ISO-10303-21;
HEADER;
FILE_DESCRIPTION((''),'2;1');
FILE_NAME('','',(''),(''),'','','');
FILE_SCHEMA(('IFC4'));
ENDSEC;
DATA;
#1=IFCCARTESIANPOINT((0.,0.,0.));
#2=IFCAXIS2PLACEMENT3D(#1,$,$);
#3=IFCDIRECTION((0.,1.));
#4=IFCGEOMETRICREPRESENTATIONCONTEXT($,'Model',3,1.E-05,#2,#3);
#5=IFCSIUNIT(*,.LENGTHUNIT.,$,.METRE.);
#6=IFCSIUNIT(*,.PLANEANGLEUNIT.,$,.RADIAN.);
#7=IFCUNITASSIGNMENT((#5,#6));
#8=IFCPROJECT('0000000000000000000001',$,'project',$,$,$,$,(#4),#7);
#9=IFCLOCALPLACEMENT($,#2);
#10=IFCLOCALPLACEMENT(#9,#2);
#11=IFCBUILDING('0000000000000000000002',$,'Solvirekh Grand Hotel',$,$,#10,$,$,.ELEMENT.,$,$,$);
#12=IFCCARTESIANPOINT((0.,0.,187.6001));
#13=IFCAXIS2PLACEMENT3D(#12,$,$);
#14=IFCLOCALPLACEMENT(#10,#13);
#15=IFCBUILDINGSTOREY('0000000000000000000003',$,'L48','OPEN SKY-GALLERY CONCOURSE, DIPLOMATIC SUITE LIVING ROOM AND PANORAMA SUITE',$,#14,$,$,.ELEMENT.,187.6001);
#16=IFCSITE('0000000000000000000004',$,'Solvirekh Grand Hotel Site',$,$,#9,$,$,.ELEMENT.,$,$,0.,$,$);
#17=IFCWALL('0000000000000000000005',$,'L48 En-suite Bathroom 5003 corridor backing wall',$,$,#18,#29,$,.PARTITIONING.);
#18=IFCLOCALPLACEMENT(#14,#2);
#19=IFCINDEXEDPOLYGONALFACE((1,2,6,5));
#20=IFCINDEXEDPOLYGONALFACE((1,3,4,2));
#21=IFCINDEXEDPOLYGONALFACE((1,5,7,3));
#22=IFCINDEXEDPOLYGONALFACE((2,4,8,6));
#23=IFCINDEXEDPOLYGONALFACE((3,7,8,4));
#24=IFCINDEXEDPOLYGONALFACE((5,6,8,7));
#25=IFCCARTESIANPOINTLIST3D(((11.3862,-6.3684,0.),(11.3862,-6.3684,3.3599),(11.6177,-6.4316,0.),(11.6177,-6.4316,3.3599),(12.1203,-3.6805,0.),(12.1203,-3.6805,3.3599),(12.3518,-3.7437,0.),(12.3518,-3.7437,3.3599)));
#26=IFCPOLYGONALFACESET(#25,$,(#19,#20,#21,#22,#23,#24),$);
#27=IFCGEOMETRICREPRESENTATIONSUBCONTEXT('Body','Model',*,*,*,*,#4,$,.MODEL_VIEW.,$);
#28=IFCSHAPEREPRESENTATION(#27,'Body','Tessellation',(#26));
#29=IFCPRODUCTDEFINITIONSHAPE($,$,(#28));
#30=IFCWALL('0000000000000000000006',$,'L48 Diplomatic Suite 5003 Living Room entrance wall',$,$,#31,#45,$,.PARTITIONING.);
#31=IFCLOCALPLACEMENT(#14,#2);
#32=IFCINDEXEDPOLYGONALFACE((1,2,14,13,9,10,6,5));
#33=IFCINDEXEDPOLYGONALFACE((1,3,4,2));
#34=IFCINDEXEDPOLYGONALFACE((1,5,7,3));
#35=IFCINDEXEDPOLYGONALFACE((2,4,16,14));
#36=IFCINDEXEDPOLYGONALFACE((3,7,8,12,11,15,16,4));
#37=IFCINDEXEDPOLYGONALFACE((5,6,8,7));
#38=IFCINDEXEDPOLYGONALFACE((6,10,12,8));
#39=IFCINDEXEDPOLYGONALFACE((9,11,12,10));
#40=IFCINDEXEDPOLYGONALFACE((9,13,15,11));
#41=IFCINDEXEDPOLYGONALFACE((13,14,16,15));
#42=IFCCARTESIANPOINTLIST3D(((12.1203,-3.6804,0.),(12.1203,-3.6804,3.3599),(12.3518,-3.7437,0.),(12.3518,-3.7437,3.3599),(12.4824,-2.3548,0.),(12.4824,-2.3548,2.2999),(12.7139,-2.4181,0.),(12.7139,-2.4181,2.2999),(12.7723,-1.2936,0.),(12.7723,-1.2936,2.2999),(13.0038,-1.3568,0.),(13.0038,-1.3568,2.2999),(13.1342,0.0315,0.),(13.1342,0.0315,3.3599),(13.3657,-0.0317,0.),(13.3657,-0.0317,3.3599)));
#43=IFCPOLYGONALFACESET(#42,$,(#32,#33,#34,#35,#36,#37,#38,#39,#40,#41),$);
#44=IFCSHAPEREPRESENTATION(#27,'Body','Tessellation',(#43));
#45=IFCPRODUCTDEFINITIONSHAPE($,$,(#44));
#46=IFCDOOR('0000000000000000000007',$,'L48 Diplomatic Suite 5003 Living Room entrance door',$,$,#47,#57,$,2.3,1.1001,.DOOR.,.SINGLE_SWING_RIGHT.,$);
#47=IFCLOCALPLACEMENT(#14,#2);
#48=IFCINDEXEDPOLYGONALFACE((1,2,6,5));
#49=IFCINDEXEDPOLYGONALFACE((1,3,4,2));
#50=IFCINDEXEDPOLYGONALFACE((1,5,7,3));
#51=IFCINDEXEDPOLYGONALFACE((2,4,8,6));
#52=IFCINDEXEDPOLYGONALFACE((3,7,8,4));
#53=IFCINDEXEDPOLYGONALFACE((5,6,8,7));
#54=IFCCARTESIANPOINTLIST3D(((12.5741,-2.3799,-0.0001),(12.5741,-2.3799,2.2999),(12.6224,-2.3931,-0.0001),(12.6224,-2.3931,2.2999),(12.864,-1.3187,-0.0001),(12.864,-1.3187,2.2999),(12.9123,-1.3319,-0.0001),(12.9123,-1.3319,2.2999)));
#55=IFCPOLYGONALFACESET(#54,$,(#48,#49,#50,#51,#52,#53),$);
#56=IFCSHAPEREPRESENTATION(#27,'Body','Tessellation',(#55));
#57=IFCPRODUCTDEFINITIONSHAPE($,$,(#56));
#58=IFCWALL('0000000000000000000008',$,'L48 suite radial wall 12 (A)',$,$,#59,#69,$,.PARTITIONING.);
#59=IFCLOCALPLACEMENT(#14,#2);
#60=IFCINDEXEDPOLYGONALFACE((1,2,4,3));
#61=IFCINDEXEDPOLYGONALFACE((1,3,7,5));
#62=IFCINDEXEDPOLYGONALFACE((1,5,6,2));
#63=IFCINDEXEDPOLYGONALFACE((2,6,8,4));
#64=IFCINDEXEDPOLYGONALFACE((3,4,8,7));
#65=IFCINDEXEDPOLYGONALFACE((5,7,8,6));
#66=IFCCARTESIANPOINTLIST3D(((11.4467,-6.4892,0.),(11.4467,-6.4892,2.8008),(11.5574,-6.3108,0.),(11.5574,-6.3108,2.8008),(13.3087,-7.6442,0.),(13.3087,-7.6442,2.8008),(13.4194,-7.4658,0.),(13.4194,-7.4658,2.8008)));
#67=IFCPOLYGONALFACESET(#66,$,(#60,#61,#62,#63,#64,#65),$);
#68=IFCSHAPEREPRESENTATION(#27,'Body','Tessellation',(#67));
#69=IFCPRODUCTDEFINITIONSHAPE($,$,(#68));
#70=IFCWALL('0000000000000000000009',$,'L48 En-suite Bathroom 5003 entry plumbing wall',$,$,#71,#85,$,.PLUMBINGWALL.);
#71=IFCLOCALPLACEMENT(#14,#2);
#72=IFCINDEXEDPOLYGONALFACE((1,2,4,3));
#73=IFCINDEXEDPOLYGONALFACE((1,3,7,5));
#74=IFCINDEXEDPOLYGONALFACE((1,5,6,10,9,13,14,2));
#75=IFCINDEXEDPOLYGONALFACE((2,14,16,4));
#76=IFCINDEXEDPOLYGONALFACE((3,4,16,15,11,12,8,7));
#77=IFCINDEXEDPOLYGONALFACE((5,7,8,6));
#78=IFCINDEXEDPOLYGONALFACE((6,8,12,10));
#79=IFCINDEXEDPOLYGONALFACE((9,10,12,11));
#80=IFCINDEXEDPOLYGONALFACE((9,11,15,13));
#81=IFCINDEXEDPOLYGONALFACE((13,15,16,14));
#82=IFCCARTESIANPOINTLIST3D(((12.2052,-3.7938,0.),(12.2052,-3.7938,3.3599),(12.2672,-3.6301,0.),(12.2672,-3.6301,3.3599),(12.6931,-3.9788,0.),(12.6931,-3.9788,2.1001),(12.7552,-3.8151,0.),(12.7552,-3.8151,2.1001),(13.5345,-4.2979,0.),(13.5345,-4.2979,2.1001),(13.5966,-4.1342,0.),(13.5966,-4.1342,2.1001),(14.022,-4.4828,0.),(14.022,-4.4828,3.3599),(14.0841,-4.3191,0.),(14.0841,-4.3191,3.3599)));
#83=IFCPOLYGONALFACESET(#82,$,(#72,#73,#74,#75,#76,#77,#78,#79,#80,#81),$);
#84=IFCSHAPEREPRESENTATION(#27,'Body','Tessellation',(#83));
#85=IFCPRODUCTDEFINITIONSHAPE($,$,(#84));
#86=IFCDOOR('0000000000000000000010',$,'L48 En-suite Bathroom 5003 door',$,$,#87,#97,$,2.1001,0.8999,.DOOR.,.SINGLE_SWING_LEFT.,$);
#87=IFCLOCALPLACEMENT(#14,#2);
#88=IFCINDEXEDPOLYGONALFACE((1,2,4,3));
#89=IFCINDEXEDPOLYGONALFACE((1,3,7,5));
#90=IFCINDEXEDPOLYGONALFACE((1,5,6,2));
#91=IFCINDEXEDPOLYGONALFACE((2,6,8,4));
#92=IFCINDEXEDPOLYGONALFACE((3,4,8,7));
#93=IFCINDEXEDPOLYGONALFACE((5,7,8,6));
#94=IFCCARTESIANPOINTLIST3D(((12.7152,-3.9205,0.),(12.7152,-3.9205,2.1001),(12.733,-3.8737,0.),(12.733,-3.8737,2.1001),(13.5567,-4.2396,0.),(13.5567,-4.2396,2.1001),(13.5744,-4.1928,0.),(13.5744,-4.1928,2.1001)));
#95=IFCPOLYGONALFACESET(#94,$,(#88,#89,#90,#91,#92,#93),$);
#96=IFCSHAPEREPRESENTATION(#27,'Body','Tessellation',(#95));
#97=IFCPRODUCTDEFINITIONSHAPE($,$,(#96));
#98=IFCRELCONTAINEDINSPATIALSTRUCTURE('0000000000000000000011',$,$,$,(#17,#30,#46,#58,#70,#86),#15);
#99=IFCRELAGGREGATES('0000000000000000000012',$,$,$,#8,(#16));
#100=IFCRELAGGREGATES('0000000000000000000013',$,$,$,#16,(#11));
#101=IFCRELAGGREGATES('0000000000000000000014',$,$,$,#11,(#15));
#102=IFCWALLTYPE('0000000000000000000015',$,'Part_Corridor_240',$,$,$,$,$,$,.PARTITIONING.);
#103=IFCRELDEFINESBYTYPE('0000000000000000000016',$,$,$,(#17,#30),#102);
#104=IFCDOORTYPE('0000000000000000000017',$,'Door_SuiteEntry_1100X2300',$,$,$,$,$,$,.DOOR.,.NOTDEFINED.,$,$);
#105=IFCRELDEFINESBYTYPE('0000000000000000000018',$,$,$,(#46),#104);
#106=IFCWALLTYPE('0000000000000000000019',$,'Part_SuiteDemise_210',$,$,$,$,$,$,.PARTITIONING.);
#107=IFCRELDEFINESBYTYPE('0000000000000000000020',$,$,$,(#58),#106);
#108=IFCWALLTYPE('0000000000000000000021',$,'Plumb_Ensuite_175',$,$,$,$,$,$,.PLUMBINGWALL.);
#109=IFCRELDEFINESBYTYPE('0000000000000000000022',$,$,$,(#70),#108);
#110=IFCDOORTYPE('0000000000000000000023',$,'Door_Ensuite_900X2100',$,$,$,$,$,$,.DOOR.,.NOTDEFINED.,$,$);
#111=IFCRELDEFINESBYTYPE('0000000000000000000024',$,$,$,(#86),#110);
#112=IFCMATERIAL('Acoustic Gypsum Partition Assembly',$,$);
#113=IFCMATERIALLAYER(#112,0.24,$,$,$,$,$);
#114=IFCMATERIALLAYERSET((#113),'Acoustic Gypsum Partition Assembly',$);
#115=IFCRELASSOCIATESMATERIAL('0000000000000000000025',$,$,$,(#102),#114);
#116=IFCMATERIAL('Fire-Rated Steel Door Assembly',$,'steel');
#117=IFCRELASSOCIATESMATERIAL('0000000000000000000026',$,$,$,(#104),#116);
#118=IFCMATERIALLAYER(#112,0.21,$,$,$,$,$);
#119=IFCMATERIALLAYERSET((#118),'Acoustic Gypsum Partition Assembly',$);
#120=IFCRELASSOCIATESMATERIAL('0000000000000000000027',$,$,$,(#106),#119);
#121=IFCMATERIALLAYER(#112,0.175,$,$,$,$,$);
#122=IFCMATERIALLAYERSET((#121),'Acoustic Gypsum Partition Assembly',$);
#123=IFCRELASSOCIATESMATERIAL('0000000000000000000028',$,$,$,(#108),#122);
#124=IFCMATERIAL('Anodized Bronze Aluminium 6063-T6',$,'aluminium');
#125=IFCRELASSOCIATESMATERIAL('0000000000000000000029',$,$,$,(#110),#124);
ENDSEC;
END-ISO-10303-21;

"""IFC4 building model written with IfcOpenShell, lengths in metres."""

from ifc_helpers import new_model, si_unit, direction, frame, frame_2d, origin, place, context, subcontext, project, spatial, rectangle, extrude, material, layer, layer_set, type_object, element, fill, save


model = new_model("IFC4")

# Units and contexts
model_context = context("Model", 3, precision=1e-05, world=origin(), true_north=direction((0.0, 1.0)))
body_context = subcontext(model_context, "Body", "Model", "MODEL_VIEW")
ifc_project = project(units=[si_unit("LENGTHUNIT", "METRE"), si_unit("PLANEANGLEUNIT", "RADIAN")], contexts=[model_context])

# Site, building, storey
site_placement = place(None, origin())
site = spatial("IfcSite", under=ifc_project, at=site_placement, Name="Solvirekh Grand Hotel Site", CompositionType="ELEMENT", RefElevation=0.0)
building_placement = place(site_placement, origin())
building = spatial("IfcBuilding", under=site, at=building_placement, Name="Solvirekh Grand Hotel", CompositionType="ELEMENT")
storey_placement = place(building_placement, frame((0.0, 0.0, 187.6001)))
storey = spatial("IfcBuildingStorey", under=building, at=storey_placement, Name="L48", Description="OPEN SKY-GALLERY CONCOURSE, DIPLOMATIC SUITE LIVING ROOM AND PANORAMA SUITE", CompositionType="ELEMENT", Elevation=187.6001)

# Shared definitions
ifc_material_1 = material(Name="Anodized Bronze Aluminium 6063-T6", Category="aluminium")

# Shared definitions
ifc_material_2 = material(Name="Acoustic Gypsum Partition Assembly")
ifc_layer_1 = layer(ifc_material_2, 0.24)
ifc_layer_set_1 = layer_set([ifc_layer_1], Name="Acoustic Gypsum Partition Assembly")
wall_type_1 = type_object("IfcWallType", Name="Part_Corridor_240", PredefinedType="PARTITIONING", material=ifc_layer_set_1)
ifc_material_3 = material(Name="Fire-Rated Steel Door Assembly", Category="steel")

# Wall
wall_1_placement = place(storey_placement, frame((11.502, -6.3999, 0.0), z_axis=(0.0, 0.0, 1.0), x_axis=(0.263466, 0.964669, 0.0)))
element("IfcWall", 1, at=wall_1_placement, inside=storey, type_object=wall_type_1, Name="L48 En-suite Bathroom 5003 corridor backing wall", PredefinedType="PARTITIONING", context=body_context, shape_type="SweptSolid", body=[
    extrude(rectangle(XDim=2.7864, YDim=0.24, at=frame_2d((1.3931, 0.0))), origin(), (0.0, 0.0, 1.0), 3.3599),
])

# Wall, opening, door
wall_2_placement = place(storey_placement, frame((12.2361, -3.7119, 0.0), z_axis=(0.0, 0.0, 1.0), x_axis=(0.263499, 0.96466, 0.0)))
wall_2 = element("IfcWall", 2, at=wall_2_placement, inside=storey, type_object=wall_type_1, Name="L48 Diplomatic Suite 5003 Living Room entrance wall", PredefinedType="PARTITIONING", context=body_context, shape_type="SweptSolid", body=[
    extrude(rectangle(XDim=3.8479, YDim=0.24, at=frame_2d((1.9238, 0.0))), origin(), (0.0, 0.0, 1.0), 3.3599),
])
opening_1_placement = place(wall_2_placement, frame((1.374, 0.0, 0.0)))
opening_1 = element("IfcOpeningElement", 3, at=opening_1_placement, cuts=wall_2, PredefinedType="OPENING", context=body_context, shape_type="SweptSolid", body=[
    extrude(rectangle(XDim=1.1001, YDim=2.3, at=frame_2d((0.55, 1.1499))), frame((0.0, 0.1299, 0.0), z_axis=(0.0, -1.0, 0.0), x_axis=(1.0, 0.0, 0.0)), (0.0, 0.0, 1.0), 0.26),
])
door_type_1 = type_object("IfcDoorType", Name="Door_SuiteEntry_1100X2300", OperationType="NOTDEFINED", PredefinedType="DOOR", material=ifc_material_3)
door_1_placement = place(opening_1_placement, origin())
door_1 = element("IfcDoor", 4, at=door_1_placement, inside=storey, type_object=door_type_1, Name="L48 Diplomatic Suite 5003 Living Room entrance door", OperationType="SINGLE_SWING_RIGHT", OverallHeight=2.3, OverallWidth=1.1001, PredefinedType="DOOR", context=body_context, shape_type="SweptSolid", body=[
    extrude(rectangle(XDim=1.1001, YDim=2.3, at=frame_2d((0.55, 1.1499))), frame((0.0, 0.0249, 0.0), z_axis=(0.0, -1.0, 0.0), x_axis=(1.0, 0.0, 0.0)), (0.0, 0.0, 1.0), 0.05),
])
fill(opening_1, door_1)

# Wall
ifc_layer_2 = layer(ifc_material_2, 0.21)
ifc_layer_set_2 = layer_set([ifc_layer_2], Name="Acoustic Gypsum Partition Assembly")
wall_type_2 = type_object("IfcWallType", Name="Part_SuiteDemise_210", PredefinedType="PARTITIONING", material=ifc_layer_set_2)
wall_3_placement = place(storey_placement, frame((11.502, -6.3999, 0.0), z_axis=(0.0, 0.0, 1.0), x_axis=(0.84979, -0.527122, 0.0)))
element("IfcWall", 5, at=wall_3_placement, inside=storey, type_object=wall_type_2, Name="L48 suite radial wall 12 (A)", PredefinedType="PARTITIONING", context=body_context, shape_type="SweptSolid", body=[
    extrude(rectangle(XDim=2.1912, YDim=0.21, at=frame_2d((1.0957, 0.0))), origin(), (0.0, 0.0, 1.0), 2.8008),
])

# Wall, opening, door
ifc_layer_3 = layer(ifc_material_2, 0.175)
ifc_layer_set_3 = layer_set([ifc_layer_3], Name="Acoustic Gypsum Partition Assembly")
wall_type_3 = type_object("IfcWallType", Name="Plumb_Ensuite_175", PredefinedType="PLUMBINGWALL", material=ifc_layer_set_3)
wall_4_placement = place(storey_placement, frame((12.2361, -3.7119, 0.0), z_axis=(0.0, 0.0, 1.0), x_axis=(0.935032, -0.354563, 0.0)))
wall_4 = element("IfcWall", 6, at=wall_4_placement, inside=storey, type_object=wall_type_3, Name="L48 En-suite Bathroom 5003 entry plumbing wall", PredefinedType="PLUMBINGWALL", context=body_context, shape_type="SweptSolid", body=[
    extrude(rectangle(XDim=1.9431, YDim=0.175, at=frame_2d((0.9717, 0.0))), origin(), (0.0, 0.0, 1.0), 3.3599),
])
opening_2_placement = place(wall_4_placement, frame((0.522, 0.0, 0.0)))
opening_2 = element("IfcOpeningElement", 7, at=opening_2_placement, cuts=wall_4, PredefinedType="OPENING", context=body_context, shape_type="SweptSolid", body=[
    extrude(rectangle(XDim=0.8999, YDim=2.1001, at=frame_2d((0.45, 1.05))), frame((0.0, 0.0977, 0.0), z_axis=(0.0, -1.0, 0.0), x_axis=(1.0, 0.0, 0.0)), (0.0, 0.0, 1.0), 0.1951),
])
door_type_2 = type_object("IfcDoorType", Name="Door_Ensuite_900X2100", OperationType="NOTDEFINED", PredefinedType="DOOR", material=ifc_material_1)
door_2_placement = place(opening_2_placement, origin())
door_2 = element("IfcDoor", 8, at=door_2_placement, inside=storey, type_object=door_type_2, Name="L48 En-suite Bathroom 5003 door", OperationType="SINGLE_SWING_LEFT", OverallHeight=2.1001, OverallWidth=0.8999, PredefinedType="DOOR", context=body_context, shape_type="SweptSolid", body=[
    extrude(rectangle(XDim=0.8999, YDim=2.1001, at=frame_2d((0.45, 1.05))), frame((0.0, 0.0249, 0.0), z_axis=(0.0, -1.0, 0.0), x_axis=(1.0, 0.0, 0.0)), (0.0, 0.0, 1.0), 0.05),
])
fill(opening_2, door_2)

save(model, "model.ifc")
